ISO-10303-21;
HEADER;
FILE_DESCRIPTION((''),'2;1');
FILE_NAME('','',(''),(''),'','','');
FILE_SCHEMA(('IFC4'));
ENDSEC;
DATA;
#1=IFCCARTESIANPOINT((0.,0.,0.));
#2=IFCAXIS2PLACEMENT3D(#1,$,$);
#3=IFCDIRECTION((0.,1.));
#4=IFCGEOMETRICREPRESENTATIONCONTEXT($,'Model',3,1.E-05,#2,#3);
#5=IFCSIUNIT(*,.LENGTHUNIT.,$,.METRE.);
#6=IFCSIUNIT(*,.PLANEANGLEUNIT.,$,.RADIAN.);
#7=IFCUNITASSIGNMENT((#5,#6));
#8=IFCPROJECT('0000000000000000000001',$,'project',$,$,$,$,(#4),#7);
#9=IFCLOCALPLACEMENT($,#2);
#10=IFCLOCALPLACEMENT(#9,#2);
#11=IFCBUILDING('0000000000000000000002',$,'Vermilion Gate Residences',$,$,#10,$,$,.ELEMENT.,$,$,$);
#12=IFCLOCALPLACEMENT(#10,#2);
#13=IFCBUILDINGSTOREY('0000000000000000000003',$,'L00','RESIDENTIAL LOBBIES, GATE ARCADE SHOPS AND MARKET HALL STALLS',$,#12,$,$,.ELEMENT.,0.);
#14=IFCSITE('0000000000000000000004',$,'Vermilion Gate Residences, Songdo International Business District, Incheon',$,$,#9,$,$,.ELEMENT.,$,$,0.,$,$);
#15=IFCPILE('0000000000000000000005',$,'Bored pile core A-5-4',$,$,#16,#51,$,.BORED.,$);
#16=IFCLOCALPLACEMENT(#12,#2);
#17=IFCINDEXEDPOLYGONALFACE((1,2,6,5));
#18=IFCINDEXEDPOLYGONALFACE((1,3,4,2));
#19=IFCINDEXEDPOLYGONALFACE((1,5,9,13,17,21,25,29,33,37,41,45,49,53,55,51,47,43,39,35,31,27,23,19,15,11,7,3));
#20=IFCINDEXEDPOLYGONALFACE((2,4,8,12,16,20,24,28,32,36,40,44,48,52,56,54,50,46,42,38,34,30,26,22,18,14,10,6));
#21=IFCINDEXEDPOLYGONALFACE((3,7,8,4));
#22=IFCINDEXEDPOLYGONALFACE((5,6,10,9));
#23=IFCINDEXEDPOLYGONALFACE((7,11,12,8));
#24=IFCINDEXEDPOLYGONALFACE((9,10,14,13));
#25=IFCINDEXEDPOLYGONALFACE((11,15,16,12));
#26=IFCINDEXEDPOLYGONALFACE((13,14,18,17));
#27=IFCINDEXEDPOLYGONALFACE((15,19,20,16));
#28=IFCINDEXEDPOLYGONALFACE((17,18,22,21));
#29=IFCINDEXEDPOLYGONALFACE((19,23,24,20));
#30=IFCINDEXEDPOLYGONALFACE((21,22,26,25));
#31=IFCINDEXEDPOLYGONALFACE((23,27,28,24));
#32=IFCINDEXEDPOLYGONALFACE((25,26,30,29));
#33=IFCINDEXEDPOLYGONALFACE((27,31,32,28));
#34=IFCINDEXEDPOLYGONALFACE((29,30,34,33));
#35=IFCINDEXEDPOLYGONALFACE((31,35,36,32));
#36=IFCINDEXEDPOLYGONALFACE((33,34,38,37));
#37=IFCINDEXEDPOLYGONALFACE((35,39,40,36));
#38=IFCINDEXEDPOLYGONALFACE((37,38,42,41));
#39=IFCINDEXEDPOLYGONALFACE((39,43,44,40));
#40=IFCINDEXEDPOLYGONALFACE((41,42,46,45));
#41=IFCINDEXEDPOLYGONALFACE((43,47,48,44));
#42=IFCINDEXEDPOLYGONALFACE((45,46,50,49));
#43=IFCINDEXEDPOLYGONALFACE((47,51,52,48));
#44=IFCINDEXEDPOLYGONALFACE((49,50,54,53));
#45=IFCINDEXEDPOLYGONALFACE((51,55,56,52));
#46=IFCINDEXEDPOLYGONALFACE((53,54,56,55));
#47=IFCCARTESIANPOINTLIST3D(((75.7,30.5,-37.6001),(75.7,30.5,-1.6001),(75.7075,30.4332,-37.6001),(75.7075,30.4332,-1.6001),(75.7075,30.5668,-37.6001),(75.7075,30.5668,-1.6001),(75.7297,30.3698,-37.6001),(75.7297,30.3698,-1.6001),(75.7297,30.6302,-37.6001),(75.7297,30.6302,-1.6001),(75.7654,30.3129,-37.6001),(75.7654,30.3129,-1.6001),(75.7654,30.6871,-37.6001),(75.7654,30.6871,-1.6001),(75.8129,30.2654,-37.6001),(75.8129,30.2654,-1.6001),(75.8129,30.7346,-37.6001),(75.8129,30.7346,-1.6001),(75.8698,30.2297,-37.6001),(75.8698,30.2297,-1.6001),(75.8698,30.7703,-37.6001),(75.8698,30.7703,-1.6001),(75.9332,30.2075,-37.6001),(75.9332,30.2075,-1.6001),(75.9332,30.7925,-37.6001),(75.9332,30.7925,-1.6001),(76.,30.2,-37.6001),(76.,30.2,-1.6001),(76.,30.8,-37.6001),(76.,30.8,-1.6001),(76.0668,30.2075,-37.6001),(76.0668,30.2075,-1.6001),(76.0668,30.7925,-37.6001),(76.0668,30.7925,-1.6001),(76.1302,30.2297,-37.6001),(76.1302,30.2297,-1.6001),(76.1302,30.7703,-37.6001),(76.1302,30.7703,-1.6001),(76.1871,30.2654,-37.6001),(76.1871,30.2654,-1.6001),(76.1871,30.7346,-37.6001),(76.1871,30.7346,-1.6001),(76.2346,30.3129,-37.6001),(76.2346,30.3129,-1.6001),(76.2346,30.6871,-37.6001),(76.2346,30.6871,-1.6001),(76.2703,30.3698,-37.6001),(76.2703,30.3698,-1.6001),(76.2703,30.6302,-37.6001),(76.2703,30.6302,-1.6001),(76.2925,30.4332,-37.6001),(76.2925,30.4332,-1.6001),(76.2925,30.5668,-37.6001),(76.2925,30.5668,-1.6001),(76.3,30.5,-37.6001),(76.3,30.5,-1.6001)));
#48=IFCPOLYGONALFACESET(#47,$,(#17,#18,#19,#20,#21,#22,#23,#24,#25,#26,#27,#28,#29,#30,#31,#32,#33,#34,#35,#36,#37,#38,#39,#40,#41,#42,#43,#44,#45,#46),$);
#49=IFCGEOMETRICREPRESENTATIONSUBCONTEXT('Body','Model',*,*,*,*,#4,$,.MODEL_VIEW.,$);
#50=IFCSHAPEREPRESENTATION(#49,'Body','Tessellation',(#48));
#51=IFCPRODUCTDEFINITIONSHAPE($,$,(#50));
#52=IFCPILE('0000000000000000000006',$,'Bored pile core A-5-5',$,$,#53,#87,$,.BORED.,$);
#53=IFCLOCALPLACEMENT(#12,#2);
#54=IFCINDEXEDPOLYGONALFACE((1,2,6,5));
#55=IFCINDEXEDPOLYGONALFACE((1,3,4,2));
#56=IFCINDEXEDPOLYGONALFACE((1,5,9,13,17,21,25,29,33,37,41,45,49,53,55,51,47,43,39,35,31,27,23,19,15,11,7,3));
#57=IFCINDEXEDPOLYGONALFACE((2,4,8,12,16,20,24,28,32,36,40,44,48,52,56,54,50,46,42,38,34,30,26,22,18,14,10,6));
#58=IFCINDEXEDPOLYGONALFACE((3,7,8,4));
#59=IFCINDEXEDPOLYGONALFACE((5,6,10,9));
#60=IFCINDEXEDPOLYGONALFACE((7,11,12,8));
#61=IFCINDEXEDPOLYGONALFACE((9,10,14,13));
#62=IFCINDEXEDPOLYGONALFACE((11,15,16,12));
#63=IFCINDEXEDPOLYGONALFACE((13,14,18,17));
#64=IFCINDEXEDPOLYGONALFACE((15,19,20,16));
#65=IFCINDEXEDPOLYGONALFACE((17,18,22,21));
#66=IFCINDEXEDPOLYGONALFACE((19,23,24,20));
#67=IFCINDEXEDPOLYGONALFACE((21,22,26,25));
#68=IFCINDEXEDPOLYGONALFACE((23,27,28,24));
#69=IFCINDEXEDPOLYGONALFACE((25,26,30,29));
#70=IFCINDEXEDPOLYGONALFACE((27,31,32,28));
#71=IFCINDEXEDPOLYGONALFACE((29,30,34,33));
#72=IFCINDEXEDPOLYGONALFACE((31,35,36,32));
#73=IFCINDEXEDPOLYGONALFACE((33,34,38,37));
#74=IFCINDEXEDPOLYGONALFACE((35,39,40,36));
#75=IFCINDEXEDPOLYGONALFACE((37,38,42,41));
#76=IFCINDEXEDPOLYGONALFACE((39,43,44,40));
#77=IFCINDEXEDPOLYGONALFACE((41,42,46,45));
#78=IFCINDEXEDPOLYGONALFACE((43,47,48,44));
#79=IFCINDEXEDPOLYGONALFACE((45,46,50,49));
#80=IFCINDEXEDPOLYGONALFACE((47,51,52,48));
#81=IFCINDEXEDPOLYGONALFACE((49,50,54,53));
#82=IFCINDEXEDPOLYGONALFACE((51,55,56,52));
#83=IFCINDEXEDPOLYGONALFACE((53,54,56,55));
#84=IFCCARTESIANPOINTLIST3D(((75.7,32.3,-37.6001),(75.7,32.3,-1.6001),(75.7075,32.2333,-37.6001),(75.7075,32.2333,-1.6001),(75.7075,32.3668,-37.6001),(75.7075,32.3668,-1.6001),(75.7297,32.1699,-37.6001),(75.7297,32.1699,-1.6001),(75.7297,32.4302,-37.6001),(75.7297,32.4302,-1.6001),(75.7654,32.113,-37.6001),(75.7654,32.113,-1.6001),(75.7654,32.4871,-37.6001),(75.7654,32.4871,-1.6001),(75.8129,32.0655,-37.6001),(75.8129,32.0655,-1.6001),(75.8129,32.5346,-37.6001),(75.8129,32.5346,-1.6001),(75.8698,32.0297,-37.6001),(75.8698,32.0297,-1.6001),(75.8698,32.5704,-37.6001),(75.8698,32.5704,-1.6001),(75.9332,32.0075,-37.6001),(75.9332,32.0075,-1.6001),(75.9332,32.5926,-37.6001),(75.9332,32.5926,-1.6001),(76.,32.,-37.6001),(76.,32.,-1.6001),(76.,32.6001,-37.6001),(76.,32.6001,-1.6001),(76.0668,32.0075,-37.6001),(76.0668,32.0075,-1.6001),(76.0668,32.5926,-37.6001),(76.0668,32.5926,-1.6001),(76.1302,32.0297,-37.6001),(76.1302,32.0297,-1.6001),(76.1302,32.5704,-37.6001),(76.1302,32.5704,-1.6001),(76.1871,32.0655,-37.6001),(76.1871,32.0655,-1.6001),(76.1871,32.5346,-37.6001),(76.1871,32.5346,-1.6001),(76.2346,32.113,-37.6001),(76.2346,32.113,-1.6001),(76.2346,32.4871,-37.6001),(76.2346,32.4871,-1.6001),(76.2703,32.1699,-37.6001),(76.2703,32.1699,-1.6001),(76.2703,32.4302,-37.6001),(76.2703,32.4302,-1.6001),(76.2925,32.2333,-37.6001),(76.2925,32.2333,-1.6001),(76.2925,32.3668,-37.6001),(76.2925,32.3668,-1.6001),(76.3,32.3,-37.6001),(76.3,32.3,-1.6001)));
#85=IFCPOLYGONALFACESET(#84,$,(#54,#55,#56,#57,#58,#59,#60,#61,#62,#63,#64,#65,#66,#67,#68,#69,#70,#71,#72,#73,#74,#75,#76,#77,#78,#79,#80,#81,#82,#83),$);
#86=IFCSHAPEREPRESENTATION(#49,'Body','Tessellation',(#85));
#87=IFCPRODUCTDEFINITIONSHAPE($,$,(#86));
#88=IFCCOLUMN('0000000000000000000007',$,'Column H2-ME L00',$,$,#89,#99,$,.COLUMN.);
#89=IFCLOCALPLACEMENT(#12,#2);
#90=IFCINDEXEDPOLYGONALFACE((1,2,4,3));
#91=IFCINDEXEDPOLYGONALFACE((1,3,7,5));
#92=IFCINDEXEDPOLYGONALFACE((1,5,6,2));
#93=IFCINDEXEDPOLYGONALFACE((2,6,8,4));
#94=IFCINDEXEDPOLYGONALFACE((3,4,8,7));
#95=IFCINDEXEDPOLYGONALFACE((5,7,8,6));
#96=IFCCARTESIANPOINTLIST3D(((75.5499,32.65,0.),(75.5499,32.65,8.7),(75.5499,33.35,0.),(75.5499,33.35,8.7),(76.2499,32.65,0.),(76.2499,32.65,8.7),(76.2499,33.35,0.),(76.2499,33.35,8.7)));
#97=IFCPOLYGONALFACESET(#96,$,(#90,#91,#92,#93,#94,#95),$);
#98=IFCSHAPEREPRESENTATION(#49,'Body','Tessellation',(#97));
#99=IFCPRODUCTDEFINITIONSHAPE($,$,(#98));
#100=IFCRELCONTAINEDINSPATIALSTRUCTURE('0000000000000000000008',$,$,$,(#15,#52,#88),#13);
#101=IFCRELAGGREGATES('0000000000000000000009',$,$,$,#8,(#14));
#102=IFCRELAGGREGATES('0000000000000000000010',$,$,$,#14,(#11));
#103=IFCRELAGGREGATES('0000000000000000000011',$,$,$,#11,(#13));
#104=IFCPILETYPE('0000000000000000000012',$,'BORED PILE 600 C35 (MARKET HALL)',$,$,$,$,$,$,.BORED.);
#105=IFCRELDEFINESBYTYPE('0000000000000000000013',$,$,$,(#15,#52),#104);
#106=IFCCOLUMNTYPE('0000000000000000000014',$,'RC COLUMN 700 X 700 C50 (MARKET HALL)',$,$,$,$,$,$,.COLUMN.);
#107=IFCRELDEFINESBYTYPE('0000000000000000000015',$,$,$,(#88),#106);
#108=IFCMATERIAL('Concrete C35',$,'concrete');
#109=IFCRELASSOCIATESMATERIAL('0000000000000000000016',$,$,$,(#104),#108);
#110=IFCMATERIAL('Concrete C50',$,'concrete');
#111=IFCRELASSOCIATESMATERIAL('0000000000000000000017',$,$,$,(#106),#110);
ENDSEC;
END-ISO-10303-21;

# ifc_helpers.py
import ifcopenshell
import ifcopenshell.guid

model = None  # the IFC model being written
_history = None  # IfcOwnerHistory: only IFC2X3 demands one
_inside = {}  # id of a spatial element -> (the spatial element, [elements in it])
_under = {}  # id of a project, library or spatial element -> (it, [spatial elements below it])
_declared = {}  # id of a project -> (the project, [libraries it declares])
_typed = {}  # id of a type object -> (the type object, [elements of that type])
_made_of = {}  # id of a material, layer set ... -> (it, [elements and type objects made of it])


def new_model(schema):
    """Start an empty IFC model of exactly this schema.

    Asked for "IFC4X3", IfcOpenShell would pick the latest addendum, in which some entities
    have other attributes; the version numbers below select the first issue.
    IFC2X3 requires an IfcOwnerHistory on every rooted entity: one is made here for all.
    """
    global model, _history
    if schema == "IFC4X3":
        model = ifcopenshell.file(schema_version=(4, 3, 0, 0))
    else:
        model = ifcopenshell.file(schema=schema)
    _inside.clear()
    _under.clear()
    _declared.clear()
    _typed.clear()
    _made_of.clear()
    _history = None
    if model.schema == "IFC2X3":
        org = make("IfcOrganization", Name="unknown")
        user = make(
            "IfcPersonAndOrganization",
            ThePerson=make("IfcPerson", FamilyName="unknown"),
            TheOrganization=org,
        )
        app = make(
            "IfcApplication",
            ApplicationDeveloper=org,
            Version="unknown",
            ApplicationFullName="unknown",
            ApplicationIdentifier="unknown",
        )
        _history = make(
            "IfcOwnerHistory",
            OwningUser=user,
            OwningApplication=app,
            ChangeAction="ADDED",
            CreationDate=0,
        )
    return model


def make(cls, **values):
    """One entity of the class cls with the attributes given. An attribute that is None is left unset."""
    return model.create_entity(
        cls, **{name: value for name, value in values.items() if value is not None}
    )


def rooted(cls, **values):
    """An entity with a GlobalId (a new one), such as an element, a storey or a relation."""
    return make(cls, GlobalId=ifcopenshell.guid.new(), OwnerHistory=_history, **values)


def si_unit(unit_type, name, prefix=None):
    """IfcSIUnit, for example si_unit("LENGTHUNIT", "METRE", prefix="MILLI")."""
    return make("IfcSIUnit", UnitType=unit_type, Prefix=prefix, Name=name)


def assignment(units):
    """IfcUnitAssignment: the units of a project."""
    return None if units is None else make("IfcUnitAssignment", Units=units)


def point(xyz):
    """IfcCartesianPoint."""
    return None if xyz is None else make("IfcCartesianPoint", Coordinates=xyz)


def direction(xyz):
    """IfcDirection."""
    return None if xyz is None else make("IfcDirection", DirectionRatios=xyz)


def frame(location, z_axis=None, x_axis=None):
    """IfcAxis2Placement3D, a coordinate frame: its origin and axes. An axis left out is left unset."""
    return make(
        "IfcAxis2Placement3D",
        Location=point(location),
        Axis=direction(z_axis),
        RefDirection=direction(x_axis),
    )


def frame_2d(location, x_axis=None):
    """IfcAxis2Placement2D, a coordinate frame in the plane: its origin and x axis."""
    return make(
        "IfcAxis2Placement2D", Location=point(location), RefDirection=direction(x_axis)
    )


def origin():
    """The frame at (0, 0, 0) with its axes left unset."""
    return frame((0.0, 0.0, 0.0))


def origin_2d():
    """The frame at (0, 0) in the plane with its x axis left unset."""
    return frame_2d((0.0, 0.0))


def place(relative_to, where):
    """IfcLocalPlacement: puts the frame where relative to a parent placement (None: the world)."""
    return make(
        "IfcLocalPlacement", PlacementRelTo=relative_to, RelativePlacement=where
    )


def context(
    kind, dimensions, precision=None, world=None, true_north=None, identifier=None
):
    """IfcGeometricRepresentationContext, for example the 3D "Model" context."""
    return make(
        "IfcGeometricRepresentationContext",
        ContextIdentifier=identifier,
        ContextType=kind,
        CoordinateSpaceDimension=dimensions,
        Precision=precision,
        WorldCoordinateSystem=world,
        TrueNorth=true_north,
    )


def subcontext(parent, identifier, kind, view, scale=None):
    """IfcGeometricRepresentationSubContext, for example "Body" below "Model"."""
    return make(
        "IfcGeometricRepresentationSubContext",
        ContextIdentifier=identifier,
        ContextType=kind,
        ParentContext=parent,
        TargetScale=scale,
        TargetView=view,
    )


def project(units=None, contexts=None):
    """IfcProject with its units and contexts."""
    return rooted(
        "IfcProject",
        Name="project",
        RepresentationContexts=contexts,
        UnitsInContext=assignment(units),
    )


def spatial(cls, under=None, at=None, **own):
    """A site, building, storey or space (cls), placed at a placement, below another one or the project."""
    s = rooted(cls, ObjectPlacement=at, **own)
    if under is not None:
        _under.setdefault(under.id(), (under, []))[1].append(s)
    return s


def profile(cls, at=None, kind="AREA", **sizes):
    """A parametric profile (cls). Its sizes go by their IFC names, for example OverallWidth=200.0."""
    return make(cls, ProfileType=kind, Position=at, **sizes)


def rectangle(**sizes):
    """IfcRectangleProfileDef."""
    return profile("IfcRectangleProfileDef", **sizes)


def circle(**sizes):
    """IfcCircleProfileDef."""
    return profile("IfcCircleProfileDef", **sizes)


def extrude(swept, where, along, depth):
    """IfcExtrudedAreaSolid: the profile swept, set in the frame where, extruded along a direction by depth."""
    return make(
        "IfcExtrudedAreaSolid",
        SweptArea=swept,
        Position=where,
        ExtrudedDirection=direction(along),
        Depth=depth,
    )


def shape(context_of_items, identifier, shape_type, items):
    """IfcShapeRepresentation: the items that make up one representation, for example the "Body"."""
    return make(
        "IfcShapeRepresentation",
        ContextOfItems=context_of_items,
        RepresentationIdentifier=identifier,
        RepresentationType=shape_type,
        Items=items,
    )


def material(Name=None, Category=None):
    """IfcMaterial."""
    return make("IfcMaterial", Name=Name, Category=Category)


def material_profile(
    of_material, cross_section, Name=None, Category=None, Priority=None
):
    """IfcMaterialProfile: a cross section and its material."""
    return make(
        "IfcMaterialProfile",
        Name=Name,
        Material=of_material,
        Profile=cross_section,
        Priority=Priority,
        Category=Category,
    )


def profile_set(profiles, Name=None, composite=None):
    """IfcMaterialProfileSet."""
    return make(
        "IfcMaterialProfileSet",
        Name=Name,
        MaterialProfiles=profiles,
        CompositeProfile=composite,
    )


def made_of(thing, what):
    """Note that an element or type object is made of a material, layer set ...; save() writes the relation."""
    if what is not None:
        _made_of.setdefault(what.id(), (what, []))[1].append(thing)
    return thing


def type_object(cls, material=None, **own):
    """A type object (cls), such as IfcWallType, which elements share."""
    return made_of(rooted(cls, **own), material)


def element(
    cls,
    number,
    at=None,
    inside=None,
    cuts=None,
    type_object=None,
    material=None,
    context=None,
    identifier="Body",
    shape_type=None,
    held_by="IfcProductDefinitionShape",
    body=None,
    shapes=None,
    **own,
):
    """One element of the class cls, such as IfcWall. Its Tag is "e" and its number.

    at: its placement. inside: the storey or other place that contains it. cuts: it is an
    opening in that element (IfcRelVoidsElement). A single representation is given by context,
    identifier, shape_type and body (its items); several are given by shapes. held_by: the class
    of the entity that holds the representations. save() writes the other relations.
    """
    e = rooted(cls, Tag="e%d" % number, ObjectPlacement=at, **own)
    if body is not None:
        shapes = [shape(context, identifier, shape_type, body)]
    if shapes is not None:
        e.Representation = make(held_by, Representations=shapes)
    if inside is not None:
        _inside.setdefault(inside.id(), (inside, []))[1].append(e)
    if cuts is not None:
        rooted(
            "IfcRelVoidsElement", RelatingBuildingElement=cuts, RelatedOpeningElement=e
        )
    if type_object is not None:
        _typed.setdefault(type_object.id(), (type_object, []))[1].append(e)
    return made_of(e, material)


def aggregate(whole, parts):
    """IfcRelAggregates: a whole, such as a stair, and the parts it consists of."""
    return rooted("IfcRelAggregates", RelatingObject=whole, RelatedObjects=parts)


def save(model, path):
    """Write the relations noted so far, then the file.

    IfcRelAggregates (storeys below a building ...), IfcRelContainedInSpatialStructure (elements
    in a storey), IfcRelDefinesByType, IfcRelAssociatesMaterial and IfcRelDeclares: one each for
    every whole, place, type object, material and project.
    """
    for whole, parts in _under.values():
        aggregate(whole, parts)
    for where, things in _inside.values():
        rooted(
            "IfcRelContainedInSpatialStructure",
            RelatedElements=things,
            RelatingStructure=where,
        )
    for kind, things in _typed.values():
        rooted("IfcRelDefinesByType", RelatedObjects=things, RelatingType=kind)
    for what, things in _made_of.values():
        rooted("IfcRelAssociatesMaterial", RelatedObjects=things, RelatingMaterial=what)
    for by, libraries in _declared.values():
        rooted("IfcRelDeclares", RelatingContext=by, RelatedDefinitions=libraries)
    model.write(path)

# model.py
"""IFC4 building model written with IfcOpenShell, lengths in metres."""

from ifc_helpers import new_model, si_unit, direction, frame, origin, origin_2d, place, context, subcontext, project, spatial, rectangle, circle, extrude, material, material_profile, profile_set, type_object, element, save


model = new_model("IFC4")

# Units and contexts
model_context = context("Model", 3, precision=1e-05, world=origin(), true_north=direction((0.0, 1.0)))
body_context = subcontext(model_context, "Body", "Model", "MODEL_VIEW")
ifc_project = project(units=[si_unit("LENGTHUNIT", "METRE"), si_unit("PLANEANGLEUNIT", "RADIAN")], contexts=[model_context])

# Site, building, storey
site_placement = place(None, origin())
site = spatial("IfcSite", under=ifc_project, at=site_placement, Name="Vermilion Gate Residences, Songdo International Business District, Incheon", CompositionType="ELEMENT", RefElevation=0.0)
building_placement = place(site_placement, origin())
building = spatial("IfcBuilding", under=site, at=building_placement, Name="Vermilion Gate Residences", CompositionType="ELEMENT")
storey_placement = place(building_placement, origin())
storey = spatial("IfcBuildingStorey", under=building, at=storey_placement, Name="L00", Description="RESIDENTIAL LOBBIES, GATE ARCADE SHOPS AND MARKET HALL STALLS", CompositionType="ELEMENT", Elevation=0.0)

# Piles
ifc_material_1 = material(Name="Concrete C35", Category="concrete")
ifc_material_profile_1 = material_profile(ifc_material_1, circle(Radius=0.3, at=origin_2d()), Name="BORED PILE 600 C35 (MARKET HALL)")
ifc_profile_set_1 = profile_set([ifc_material_profile_1], Name="Concrete C35")
pile_type = type_object("IfcPileType", Name="BORED PILE 600 C35 (MARKET HALL)", PredefinedType="BORED", material=ifc_profile_set_1)
for number, where, z_axis, x_axis, name in (
    (1, (76.0, 30.5, -1.6001), (0.0, 0.0, -1.0), (1.0, 0.0, 0.0), "Bored pile core A-5-4"),
    (2, (76.0, 32.3, -1.6001), (0.0, 0.0, -1.0), (1.0, 0.0, 0.0), "Bored pile core A-5-5"),
):
    element("IfcPile", number, at=place(storey_placement, frame(where, z_axis=z_axis, x_axis=x_axis)), inside=storey, type_object=pile_type, Name=name, PredefinedType="BORED", context=body_context, shape_type="SweptSolid", body=[
        extrude(circle(Radius=0.3, at=origin_2d()), origin(), (0.0, 0.0, 1.0), 36.0),
    ])

# Column
ifc_material_2 = material(Name="Concrete C50", Category="concrete")
ifc_material_profile_2 = material_profile(ifc_material_2, rectangle(XDim=0.7, YDim=0.7, at=origin_2d()), Name="RC COLUMN 700 X 700 C50 (MARKET HALL)")
ifc_profile_set_2 = profile_set([ifc_material_profile_2], Name="Concrete C50")
column_type = type_object("IfcColumnType", Name="RC COLUMN 700 X 700 C50 (MARKET HALL)", PredefinedType="COLUMN", material=ifc_profile_set_2)
column_placement = place(storey_placement, frame((75.8999, 33.0, 0.0), z_axis=(0.0, 0.0, 1.0), x_axis=(1.0, 0.0, 0.0)))
element("IfcColumn", 3, at=column_placement, inside=storey, type_object=column_type, Name="Column H2-ME L00", PredefinedType="COLUMN", context=body_context, shape_type="SweptSolid", body=[
    extrude(rectangle(XDim=0.7, YDim=0.7, at=origin_2d()), origin(), (0.0, 0.0, 1.0), 8.7),
])

save(model, "model.ifc")
